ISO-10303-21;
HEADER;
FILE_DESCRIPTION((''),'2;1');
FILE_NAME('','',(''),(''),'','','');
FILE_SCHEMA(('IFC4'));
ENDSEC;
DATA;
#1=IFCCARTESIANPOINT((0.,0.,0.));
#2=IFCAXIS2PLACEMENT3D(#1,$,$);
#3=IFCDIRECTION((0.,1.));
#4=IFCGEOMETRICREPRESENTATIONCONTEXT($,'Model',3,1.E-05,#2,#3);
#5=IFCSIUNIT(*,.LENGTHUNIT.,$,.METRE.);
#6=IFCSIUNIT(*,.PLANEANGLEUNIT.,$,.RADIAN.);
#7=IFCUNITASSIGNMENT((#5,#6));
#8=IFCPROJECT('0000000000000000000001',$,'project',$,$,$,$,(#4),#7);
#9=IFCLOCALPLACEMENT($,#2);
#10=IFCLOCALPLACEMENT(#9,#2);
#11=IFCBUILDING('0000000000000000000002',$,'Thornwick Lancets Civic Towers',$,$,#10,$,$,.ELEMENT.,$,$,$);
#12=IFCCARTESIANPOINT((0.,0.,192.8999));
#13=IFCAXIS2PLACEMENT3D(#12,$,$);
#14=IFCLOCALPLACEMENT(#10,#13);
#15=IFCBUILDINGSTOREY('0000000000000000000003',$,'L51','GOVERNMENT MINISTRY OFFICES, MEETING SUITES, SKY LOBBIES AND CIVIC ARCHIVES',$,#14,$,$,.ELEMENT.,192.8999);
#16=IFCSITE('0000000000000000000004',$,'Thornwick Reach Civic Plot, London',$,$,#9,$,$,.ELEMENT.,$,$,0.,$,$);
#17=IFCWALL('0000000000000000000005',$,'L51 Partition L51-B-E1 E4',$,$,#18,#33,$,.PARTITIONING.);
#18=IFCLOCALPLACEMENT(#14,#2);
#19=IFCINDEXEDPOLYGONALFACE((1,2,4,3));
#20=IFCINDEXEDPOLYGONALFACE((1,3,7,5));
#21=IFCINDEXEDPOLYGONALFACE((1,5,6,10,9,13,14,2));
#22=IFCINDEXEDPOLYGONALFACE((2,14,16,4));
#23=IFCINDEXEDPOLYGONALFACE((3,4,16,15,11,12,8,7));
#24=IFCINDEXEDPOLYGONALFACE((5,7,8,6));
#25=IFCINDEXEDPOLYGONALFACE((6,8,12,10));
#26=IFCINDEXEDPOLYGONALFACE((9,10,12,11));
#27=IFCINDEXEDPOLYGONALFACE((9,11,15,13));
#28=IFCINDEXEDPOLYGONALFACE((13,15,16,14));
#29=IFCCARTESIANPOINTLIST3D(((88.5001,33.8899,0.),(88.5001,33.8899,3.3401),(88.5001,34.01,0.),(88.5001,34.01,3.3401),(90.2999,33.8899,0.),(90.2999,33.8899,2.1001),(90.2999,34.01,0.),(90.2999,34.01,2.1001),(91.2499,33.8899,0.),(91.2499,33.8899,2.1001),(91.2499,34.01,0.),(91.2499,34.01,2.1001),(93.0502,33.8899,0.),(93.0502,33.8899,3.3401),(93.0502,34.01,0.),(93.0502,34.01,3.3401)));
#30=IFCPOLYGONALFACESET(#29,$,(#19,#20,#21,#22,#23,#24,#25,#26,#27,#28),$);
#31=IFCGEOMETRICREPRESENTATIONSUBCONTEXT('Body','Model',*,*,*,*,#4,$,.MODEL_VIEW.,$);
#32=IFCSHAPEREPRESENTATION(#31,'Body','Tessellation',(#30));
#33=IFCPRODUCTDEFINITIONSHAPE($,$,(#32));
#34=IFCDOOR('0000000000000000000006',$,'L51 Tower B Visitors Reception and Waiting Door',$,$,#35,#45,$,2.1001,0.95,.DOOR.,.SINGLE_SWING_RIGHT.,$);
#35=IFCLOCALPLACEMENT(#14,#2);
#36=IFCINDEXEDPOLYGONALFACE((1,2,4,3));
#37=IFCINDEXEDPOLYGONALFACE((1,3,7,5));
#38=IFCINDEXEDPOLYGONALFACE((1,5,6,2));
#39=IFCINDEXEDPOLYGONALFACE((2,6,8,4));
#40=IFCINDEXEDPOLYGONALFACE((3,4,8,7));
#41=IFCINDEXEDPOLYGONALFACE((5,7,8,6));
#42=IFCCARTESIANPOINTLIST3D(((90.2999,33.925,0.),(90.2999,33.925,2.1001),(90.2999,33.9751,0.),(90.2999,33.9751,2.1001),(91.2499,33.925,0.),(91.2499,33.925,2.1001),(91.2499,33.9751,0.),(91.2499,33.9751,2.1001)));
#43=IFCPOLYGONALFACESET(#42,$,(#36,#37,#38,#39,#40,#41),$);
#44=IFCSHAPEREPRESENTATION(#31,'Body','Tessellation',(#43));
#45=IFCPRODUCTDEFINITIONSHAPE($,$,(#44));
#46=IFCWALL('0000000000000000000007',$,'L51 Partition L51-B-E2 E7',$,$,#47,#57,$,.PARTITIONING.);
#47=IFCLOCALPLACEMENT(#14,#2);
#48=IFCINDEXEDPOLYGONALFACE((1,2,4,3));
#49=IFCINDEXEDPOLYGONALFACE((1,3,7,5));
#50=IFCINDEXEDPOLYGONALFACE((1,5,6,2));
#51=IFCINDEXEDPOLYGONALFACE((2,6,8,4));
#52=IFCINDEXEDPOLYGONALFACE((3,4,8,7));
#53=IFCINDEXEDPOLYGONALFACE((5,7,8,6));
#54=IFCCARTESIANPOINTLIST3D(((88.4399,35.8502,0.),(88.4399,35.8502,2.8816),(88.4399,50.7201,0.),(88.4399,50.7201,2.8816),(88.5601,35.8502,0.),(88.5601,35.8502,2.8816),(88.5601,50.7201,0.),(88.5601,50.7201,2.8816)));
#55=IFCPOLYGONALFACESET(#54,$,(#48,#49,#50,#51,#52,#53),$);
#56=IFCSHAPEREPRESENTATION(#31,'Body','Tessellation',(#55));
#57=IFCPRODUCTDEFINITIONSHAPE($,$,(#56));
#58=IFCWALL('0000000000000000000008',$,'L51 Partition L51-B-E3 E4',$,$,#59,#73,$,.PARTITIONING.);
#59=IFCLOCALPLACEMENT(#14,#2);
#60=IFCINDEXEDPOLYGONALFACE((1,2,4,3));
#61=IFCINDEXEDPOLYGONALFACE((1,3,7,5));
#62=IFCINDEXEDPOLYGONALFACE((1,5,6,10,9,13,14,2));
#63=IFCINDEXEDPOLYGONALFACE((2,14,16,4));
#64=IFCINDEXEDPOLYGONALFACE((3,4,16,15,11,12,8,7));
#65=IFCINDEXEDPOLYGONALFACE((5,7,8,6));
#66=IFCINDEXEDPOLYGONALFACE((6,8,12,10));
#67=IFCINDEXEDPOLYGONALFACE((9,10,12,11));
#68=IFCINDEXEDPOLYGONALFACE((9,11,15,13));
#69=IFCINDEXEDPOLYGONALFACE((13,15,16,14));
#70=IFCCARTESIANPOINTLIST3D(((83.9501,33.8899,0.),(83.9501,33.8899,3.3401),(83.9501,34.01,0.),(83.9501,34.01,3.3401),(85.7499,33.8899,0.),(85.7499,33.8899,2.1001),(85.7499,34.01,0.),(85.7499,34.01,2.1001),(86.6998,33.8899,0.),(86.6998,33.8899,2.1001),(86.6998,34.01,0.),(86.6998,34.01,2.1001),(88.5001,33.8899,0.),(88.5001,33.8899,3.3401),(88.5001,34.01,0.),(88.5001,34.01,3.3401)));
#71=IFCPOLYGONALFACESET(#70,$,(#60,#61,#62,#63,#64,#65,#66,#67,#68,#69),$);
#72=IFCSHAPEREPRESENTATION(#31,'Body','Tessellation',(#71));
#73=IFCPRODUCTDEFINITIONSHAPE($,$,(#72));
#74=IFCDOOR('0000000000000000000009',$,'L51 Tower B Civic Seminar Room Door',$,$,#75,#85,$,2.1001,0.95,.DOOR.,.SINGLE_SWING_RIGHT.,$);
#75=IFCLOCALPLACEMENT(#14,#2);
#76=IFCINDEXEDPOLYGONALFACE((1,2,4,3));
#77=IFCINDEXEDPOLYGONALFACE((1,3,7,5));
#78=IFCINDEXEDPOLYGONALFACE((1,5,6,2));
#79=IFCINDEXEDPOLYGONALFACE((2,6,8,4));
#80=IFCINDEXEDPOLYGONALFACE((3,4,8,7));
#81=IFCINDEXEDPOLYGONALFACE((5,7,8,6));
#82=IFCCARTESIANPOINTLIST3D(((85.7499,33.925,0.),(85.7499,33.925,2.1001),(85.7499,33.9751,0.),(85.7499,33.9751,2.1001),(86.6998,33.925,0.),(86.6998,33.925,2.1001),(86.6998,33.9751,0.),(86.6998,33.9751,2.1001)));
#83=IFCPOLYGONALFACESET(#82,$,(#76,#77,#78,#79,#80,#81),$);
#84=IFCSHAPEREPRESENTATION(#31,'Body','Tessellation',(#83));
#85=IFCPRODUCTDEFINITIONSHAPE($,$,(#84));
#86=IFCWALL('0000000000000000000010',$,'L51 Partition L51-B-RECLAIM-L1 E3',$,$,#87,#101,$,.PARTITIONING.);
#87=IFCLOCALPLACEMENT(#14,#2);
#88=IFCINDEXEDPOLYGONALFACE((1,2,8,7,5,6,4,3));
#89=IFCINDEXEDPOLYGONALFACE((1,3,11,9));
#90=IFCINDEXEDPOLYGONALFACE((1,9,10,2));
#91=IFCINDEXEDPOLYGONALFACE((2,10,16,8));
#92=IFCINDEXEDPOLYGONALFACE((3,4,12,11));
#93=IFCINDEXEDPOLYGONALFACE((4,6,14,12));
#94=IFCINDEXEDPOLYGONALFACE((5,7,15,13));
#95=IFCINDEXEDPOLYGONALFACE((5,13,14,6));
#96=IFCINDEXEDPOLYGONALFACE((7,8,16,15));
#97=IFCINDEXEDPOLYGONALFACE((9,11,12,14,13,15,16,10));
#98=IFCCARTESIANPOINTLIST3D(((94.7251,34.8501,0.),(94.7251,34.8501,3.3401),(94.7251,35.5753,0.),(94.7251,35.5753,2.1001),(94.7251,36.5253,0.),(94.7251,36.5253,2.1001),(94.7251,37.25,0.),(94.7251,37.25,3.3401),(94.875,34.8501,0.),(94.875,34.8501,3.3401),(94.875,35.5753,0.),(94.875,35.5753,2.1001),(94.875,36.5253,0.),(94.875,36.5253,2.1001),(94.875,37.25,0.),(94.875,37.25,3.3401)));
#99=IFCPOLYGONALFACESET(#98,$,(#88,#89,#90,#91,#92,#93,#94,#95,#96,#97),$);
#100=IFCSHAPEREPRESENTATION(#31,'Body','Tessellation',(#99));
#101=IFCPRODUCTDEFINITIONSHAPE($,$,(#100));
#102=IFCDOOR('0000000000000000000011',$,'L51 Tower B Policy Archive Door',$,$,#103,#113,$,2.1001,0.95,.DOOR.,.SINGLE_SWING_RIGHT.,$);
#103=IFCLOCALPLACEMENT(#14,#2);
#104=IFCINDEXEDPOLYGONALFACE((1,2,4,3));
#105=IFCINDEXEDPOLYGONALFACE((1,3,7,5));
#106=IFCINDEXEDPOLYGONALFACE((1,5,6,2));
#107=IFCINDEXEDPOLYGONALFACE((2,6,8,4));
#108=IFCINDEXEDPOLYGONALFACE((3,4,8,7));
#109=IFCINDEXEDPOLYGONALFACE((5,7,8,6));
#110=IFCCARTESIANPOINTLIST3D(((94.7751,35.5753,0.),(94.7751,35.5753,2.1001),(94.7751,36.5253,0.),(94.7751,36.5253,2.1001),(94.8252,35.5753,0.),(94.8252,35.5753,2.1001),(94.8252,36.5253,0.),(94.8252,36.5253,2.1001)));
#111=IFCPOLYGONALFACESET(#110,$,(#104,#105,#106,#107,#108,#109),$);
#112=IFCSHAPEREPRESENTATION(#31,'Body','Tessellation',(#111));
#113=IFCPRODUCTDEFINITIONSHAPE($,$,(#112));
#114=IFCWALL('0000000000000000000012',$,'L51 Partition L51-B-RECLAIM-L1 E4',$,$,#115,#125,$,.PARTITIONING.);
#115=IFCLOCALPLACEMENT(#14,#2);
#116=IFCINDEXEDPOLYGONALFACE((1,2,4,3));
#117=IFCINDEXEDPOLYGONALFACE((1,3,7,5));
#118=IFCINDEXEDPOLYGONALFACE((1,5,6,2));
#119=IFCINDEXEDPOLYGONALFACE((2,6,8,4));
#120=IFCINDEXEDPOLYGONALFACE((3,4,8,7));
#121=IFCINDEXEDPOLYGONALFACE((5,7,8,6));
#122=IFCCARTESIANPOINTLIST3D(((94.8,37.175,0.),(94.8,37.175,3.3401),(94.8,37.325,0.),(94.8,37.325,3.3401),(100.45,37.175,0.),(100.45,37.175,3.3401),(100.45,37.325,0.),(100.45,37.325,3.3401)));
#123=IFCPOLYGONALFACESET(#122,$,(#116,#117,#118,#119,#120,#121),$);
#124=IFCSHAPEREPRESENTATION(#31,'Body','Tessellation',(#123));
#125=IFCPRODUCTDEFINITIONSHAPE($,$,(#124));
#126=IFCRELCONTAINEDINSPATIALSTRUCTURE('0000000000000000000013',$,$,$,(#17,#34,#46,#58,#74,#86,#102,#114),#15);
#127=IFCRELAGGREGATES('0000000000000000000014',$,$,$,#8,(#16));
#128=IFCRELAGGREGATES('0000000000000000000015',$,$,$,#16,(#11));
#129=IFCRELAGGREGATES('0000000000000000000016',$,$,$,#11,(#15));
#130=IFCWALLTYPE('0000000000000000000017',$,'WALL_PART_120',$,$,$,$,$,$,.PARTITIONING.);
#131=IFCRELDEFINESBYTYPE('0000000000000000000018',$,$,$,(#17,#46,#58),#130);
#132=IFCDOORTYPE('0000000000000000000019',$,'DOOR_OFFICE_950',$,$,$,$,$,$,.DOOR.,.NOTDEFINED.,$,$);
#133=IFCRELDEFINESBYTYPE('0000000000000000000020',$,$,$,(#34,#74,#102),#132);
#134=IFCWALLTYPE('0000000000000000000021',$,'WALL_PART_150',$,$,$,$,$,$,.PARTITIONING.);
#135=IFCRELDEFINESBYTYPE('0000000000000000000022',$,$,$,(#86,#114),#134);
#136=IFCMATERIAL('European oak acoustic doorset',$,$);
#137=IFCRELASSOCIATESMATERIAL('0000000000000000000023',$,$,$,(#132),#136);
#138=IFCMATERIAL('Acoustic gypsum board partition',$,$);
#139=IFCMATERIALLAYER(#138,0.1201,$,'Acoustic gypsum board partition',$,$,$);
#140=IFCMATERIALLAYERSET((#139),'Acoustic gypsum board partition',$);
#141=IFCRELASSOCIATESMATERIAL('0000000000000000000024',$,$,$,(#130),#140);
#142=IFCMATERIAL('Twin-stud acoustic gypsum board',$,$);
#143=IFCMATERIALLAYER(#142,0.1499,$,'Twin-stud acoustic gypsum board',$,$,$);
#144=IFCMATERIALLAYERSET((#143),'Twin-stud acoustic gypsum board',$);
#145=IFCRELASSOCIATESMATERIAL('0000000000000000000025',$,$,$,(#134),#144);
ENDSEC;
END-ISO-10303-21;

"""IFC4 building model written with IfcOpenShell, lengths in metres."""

from ifc_helpers import new_model, si_unit, direction, frame, frame_2d, origin, place, context, subcontext, project, spatial, rectangle, extrude, material, layer, layer_set, type_object, element, fill, save


model = new_model("IFC4")

# Units and contexts
model_context = context("Model", 3, precision=1e-05, world=origin(), true_north=direction((0.0, 1.0)))
body_context = subcontext(model_context, "Body", "Model", "MODEL_VIEW")
ifc_project = project(units=[si_unit("LENGTHUNIT", "METRE"), si_unit("PLANEANGLEUNIT", "RADIAN")], contexts=[model_context])

# Site, building, storey
site_placement = place(None, origin())
site = spatial("IfcSite", under=ifc_project, at=site_placement, Name="Thornwick Reach Civic Plot, London", CompositionType="ELEMENT", RefElevation=0.0)
building_placement = place(site_placement, origin())
building = spatial("IfcBuilding", under=site, at=building_placement, Name="Thornwick Lancets Civic Towers", CompositionType="ELEMENT")
storey_placement = place(building_placement, frame((0.0, 0.0, 192.8999)))
storey = spatial("IfcBuildingStorey", under=building, at=storey_placement, Name="L51", Description="GOVERNMENT MINISTRY OFFICES, MEETING SUITES, SKY LOBBIES AND CIVIC ARCHIVES", CompositionType="ELEMENT", Elevation=192.8999)

# Shared definitions
ifc_material_1 = material(Name="European oak acoustic doorset")
door_type_1 = type_object("IfcDoorType", Name="DOOR_OFFICE_950", OperationType="NOTDEFINED", PredefinedType="DOOR", material=ifc_material_1)

# Shared definitions
ifc_material_2 = material(Name="Acoustic gypsum board partition")
ifc_layer_1 = layer(ifc_material_2, 0.1201, Name="Acoustic gypsum board partition")
ifc_layer_set_1 = layer_set([ifc_layer_1], Name="Acoustic gypsum board partition")
wall_type_1 = type_object("IfcWallType", Name="WALL_PART_120", PredefinedType="PARTITIONING", material=ifc_layer_set_1)

# Wall, opening, door
wall_1_placement = place(storey_placement, frame((93.05, 33.95, 0.0), z_axis=(0.0, 0.0, 1.0), x_axis=(-1.0, 0.0, 0.0)))
wall_1 = element("IfcWall", 1, at=wall_1_placement, inside=storey, type_object=wall_type_1, Name="L51 Partition L51-B-E1 E4", PredefinedType="PARTITIONING", context=body_context, shape_type="SweptSolid", body=[
    extrude(rectangle(XDim=4.55, YDim=0.1201, at=frame_2d((2.2749, 0.0))), origin(), (0.0, 0.0, 1.0), 3.3401),
])
opening_1_placement = place(wall_1_placement, frame((1.8, 0.0, 0.0)))
opening_1 = element("IfcOpeningElement", 2, at=opening_1_placement, cuts=wall_1, PredefinedType="OPENING", context=body_context, shape_type="SweptSolid", body=[
    extrude(rectangle(XDim=0.95, YDim=2.1001, at=frame_2d((0.4751, 1.05))), frame((0.0, 0.0701, 0.0), z_axis=(0.0, -1.0, 0.0), x_axis=(1.0, 0.0, 0.0)), (0.0, 0.0, 1.0), 0.1401),
])
door_1_placement = place(opening_1_placement, origin())
door_1 = element("IfcDoor", 3, at=door_1_placement, inside=storey, type_object=door_type_1, Name="L51 Tower B Visitors Reception and Waiting Door", OperationType="SINGLE_SWING_RIGHT", OverallHeight=2.1001, OverallWidth=0.95, PredefinedType="DOOR", context=body_context, shape_type="SweptSolid", body=[
    extrude(rectangle(XDim=0.95, YDim=2.1001, at=frame_2d((0.4751, 1.05))), frame((0.0, 0.0249, 0.0), z_axis=(0.0, -1.0, 0.0), x_axis=(1.0, 0.0, 0.0)), (0.0, 0.0, 1.0), 0.05),
])
fill(opening_1, door_1)

# Wall
wall_2_placement = place(storey_placement, frame((88.5, 35.8501, 0.0), z_axis=(0.0, 0.0, 1.0), x_axis=(0.0, 1.0, 0.0)))
element("IfcWall", 4, at=wall_2_placement, inside=storey, type_object=wall_type_1, Name="L51 Partition L51-B-E2 E7", PredefinedType="PARTITIONING", context=body_context, shape_type="SweptSolid", body=[
    extrude(rectangle(XDim=14.8699, YDim=0.1201, at=frame_2d((7.4351, 0.0))), origin(), (0.0, 0.0, 1.0), 2.8816),
])

# Walls, openings, doors
wall_3_placement = place(storey_placement, frame((88.5, 33.95, 0.0), z_axis=(0.0, 0.0, 1.0), x_axis=(-1.0, 0.0, 0.0)))
wall_3 = element("IfcWall", 5, at=wall_3_placement, inside=storey, type_object=wall_type_1, Name="L51 Partition L51-B-E3 E4", PredefinedType="PARTITIONING", context=body_context, shape_type="SweptSolid", body=[
    extrude(rectangle(XDim=4.55, YDim=0.1201, at=frame_2d((2.2749, 0.0))), origin(), (0.0, 0.0, 1.0), 3.3401),
])
opening_2_placement = place(wall_3_placement, frame((1.8, 0.0, 0.0)))
opening_2 = element("IfcOpeningElement", 6, at=opening_2_placement, cuts=wall_3, PredefinedType="OPENING", context=body_context, shape_type="SweptSolid", body=[
    extrude(rectangle(XDim=0.95, YDim=2.1001, at=frame_2d((0.4751, 1.05))), frame((0.0, 0.0701, 0.0), z_axis=(0.0, -1.0, 0.0), x_axis=(1.0, 0.0, 0.0)), (0.0, 0.0, 1.0), 0.1401),
])
door_2_placement = place(opening_2_placement, origin())
door_2 = element("IfcDoor", 7, at=door_2_placement, inside=storey, type_object=door_type_1, Name="L51 Tower B Civic Seminar Room Door", OperationType="SINGLE_SWING_RIGHT", OverallHeight=2.1001, OverallWidth=0.95, PredefinedType="DOOR", context=body_context, shape_type="SweptSolid", body=[
    extrude(rectangle(XDim=0.95, YDim=2.1001, at=frame_2d((0.4751, 1.05))), frame((0.0, 0.0249, 0.0), z_axis=(0.0, -1.0, 0.0), x_axis=(1.0, 0.0, 0.0)), (0.0, 0.0, 1.0), 0.05),
])
fill(opening_2, door_2)
ifc_material_3 = material(Name="Twin-stud acoustic gypsum board")
ifc_layer_2 = layer(ifc_material_3, 0.1499, Name="Twin-stud acoustic gypsum board")
ifc_layer_set_2 = layer_set([ifc_layer_2], Name="Twin-stud acoustic gypsum board")
wall_type_2 = type_object("IfcWallType", Name="WALL_PART_150", PredefinedType="PARTITIONING", material=ifc_layer_set_2)
wall_4_placement = place(storey_placement, frame((94.8, 34.8501, 0.0), z_axis=(0.0, 0.0, 1.0), x_axis=(0.0, 1.0, 0.0)))
wall_4 = element("IfcWall", 8, at=wall_4_placement, inside=storey, type_object=wall_type_2, Name="L51 Partition L51-B-RECLAIM-L1 E3", PredefinedType="PARTITIONING", context=body_context, shape_type="SweptSolid", body=[
    extrude(rectangle(XDim=2.3999, YDim=0.1499, at=frame_2d((1.2, 0.0))), origin(), (0.0, 0.0, 1.0), 3.3401),
])
opening_3_placement = place(wall_4_placement, frame((0.7251, 0.0, 0.0)))
opening_3 = element("IfcOpeningElement", 9, at=opening_3_placement, cuts=wall_4, PredefinedType="OPENING", context=body_context, shape_type="SweptSolid", body=[
    extrude(rectangle(XDim=0.95, YDim=2.1001, at=frame_2d((0.4751, 1.05))), frame((0.0, 0.085, 0.0), z_axis=(0.0, -1.0, 0.0), x_axis=(1.0, 0.0, 0.0)), (0.0, 0.0, 1.0), 0.1699),
])
door_3_placement = place(opening_3_placement, origin())
door_3 = element("IfcDoor", 10, at=door_3_placement, inside=storey, type_object=door_type_1, Name="L51 Tower B Policy Archive Door", OperationType="SINGLE_SWING_RIGHT", OverallHeight=2.1001, OverallWidth=0.95, PredefinedType="DOOR", context=body_context, shape_type="SweptSolid", body=[
    extrude(rectangle(XDim=0.95, YDim=2.1001, at=frame_2d((0.4751, 1.05))), frame((0.0, 0.0249, 0.0), z_axis=(0.0, -1.0, 0.0), x_axis=(1.0, 0.0, 0.0)), (0.0, 0.0, 1.0), 0.05),
])
fill(opening_3, door_3)

# Wall
wall_5_placement = place(storey_placement, frame((94.8, 37.25, 0.0), z_axis=(0.0, 0.0, 1.0), x_axis=(1.0, 0.0, 0.0)))
element("IfcWall", 11, at=wall_5_placement, inside=storey, type_object=wall_type_2, Name="L51 Partition L51-B-RECLAIM-L1 E4", PredefinedType="PARTITIONING", context=body_context, shape_type="SweptSolid", body=[
    extrude(rectangle(XDim=5.6499, YDim=0.1499, at=frame_2d((2.825, 0.0))), origin(), (0.0, 0.0, 1.0), 3.3401),
])

save(model, "model.ifc")
